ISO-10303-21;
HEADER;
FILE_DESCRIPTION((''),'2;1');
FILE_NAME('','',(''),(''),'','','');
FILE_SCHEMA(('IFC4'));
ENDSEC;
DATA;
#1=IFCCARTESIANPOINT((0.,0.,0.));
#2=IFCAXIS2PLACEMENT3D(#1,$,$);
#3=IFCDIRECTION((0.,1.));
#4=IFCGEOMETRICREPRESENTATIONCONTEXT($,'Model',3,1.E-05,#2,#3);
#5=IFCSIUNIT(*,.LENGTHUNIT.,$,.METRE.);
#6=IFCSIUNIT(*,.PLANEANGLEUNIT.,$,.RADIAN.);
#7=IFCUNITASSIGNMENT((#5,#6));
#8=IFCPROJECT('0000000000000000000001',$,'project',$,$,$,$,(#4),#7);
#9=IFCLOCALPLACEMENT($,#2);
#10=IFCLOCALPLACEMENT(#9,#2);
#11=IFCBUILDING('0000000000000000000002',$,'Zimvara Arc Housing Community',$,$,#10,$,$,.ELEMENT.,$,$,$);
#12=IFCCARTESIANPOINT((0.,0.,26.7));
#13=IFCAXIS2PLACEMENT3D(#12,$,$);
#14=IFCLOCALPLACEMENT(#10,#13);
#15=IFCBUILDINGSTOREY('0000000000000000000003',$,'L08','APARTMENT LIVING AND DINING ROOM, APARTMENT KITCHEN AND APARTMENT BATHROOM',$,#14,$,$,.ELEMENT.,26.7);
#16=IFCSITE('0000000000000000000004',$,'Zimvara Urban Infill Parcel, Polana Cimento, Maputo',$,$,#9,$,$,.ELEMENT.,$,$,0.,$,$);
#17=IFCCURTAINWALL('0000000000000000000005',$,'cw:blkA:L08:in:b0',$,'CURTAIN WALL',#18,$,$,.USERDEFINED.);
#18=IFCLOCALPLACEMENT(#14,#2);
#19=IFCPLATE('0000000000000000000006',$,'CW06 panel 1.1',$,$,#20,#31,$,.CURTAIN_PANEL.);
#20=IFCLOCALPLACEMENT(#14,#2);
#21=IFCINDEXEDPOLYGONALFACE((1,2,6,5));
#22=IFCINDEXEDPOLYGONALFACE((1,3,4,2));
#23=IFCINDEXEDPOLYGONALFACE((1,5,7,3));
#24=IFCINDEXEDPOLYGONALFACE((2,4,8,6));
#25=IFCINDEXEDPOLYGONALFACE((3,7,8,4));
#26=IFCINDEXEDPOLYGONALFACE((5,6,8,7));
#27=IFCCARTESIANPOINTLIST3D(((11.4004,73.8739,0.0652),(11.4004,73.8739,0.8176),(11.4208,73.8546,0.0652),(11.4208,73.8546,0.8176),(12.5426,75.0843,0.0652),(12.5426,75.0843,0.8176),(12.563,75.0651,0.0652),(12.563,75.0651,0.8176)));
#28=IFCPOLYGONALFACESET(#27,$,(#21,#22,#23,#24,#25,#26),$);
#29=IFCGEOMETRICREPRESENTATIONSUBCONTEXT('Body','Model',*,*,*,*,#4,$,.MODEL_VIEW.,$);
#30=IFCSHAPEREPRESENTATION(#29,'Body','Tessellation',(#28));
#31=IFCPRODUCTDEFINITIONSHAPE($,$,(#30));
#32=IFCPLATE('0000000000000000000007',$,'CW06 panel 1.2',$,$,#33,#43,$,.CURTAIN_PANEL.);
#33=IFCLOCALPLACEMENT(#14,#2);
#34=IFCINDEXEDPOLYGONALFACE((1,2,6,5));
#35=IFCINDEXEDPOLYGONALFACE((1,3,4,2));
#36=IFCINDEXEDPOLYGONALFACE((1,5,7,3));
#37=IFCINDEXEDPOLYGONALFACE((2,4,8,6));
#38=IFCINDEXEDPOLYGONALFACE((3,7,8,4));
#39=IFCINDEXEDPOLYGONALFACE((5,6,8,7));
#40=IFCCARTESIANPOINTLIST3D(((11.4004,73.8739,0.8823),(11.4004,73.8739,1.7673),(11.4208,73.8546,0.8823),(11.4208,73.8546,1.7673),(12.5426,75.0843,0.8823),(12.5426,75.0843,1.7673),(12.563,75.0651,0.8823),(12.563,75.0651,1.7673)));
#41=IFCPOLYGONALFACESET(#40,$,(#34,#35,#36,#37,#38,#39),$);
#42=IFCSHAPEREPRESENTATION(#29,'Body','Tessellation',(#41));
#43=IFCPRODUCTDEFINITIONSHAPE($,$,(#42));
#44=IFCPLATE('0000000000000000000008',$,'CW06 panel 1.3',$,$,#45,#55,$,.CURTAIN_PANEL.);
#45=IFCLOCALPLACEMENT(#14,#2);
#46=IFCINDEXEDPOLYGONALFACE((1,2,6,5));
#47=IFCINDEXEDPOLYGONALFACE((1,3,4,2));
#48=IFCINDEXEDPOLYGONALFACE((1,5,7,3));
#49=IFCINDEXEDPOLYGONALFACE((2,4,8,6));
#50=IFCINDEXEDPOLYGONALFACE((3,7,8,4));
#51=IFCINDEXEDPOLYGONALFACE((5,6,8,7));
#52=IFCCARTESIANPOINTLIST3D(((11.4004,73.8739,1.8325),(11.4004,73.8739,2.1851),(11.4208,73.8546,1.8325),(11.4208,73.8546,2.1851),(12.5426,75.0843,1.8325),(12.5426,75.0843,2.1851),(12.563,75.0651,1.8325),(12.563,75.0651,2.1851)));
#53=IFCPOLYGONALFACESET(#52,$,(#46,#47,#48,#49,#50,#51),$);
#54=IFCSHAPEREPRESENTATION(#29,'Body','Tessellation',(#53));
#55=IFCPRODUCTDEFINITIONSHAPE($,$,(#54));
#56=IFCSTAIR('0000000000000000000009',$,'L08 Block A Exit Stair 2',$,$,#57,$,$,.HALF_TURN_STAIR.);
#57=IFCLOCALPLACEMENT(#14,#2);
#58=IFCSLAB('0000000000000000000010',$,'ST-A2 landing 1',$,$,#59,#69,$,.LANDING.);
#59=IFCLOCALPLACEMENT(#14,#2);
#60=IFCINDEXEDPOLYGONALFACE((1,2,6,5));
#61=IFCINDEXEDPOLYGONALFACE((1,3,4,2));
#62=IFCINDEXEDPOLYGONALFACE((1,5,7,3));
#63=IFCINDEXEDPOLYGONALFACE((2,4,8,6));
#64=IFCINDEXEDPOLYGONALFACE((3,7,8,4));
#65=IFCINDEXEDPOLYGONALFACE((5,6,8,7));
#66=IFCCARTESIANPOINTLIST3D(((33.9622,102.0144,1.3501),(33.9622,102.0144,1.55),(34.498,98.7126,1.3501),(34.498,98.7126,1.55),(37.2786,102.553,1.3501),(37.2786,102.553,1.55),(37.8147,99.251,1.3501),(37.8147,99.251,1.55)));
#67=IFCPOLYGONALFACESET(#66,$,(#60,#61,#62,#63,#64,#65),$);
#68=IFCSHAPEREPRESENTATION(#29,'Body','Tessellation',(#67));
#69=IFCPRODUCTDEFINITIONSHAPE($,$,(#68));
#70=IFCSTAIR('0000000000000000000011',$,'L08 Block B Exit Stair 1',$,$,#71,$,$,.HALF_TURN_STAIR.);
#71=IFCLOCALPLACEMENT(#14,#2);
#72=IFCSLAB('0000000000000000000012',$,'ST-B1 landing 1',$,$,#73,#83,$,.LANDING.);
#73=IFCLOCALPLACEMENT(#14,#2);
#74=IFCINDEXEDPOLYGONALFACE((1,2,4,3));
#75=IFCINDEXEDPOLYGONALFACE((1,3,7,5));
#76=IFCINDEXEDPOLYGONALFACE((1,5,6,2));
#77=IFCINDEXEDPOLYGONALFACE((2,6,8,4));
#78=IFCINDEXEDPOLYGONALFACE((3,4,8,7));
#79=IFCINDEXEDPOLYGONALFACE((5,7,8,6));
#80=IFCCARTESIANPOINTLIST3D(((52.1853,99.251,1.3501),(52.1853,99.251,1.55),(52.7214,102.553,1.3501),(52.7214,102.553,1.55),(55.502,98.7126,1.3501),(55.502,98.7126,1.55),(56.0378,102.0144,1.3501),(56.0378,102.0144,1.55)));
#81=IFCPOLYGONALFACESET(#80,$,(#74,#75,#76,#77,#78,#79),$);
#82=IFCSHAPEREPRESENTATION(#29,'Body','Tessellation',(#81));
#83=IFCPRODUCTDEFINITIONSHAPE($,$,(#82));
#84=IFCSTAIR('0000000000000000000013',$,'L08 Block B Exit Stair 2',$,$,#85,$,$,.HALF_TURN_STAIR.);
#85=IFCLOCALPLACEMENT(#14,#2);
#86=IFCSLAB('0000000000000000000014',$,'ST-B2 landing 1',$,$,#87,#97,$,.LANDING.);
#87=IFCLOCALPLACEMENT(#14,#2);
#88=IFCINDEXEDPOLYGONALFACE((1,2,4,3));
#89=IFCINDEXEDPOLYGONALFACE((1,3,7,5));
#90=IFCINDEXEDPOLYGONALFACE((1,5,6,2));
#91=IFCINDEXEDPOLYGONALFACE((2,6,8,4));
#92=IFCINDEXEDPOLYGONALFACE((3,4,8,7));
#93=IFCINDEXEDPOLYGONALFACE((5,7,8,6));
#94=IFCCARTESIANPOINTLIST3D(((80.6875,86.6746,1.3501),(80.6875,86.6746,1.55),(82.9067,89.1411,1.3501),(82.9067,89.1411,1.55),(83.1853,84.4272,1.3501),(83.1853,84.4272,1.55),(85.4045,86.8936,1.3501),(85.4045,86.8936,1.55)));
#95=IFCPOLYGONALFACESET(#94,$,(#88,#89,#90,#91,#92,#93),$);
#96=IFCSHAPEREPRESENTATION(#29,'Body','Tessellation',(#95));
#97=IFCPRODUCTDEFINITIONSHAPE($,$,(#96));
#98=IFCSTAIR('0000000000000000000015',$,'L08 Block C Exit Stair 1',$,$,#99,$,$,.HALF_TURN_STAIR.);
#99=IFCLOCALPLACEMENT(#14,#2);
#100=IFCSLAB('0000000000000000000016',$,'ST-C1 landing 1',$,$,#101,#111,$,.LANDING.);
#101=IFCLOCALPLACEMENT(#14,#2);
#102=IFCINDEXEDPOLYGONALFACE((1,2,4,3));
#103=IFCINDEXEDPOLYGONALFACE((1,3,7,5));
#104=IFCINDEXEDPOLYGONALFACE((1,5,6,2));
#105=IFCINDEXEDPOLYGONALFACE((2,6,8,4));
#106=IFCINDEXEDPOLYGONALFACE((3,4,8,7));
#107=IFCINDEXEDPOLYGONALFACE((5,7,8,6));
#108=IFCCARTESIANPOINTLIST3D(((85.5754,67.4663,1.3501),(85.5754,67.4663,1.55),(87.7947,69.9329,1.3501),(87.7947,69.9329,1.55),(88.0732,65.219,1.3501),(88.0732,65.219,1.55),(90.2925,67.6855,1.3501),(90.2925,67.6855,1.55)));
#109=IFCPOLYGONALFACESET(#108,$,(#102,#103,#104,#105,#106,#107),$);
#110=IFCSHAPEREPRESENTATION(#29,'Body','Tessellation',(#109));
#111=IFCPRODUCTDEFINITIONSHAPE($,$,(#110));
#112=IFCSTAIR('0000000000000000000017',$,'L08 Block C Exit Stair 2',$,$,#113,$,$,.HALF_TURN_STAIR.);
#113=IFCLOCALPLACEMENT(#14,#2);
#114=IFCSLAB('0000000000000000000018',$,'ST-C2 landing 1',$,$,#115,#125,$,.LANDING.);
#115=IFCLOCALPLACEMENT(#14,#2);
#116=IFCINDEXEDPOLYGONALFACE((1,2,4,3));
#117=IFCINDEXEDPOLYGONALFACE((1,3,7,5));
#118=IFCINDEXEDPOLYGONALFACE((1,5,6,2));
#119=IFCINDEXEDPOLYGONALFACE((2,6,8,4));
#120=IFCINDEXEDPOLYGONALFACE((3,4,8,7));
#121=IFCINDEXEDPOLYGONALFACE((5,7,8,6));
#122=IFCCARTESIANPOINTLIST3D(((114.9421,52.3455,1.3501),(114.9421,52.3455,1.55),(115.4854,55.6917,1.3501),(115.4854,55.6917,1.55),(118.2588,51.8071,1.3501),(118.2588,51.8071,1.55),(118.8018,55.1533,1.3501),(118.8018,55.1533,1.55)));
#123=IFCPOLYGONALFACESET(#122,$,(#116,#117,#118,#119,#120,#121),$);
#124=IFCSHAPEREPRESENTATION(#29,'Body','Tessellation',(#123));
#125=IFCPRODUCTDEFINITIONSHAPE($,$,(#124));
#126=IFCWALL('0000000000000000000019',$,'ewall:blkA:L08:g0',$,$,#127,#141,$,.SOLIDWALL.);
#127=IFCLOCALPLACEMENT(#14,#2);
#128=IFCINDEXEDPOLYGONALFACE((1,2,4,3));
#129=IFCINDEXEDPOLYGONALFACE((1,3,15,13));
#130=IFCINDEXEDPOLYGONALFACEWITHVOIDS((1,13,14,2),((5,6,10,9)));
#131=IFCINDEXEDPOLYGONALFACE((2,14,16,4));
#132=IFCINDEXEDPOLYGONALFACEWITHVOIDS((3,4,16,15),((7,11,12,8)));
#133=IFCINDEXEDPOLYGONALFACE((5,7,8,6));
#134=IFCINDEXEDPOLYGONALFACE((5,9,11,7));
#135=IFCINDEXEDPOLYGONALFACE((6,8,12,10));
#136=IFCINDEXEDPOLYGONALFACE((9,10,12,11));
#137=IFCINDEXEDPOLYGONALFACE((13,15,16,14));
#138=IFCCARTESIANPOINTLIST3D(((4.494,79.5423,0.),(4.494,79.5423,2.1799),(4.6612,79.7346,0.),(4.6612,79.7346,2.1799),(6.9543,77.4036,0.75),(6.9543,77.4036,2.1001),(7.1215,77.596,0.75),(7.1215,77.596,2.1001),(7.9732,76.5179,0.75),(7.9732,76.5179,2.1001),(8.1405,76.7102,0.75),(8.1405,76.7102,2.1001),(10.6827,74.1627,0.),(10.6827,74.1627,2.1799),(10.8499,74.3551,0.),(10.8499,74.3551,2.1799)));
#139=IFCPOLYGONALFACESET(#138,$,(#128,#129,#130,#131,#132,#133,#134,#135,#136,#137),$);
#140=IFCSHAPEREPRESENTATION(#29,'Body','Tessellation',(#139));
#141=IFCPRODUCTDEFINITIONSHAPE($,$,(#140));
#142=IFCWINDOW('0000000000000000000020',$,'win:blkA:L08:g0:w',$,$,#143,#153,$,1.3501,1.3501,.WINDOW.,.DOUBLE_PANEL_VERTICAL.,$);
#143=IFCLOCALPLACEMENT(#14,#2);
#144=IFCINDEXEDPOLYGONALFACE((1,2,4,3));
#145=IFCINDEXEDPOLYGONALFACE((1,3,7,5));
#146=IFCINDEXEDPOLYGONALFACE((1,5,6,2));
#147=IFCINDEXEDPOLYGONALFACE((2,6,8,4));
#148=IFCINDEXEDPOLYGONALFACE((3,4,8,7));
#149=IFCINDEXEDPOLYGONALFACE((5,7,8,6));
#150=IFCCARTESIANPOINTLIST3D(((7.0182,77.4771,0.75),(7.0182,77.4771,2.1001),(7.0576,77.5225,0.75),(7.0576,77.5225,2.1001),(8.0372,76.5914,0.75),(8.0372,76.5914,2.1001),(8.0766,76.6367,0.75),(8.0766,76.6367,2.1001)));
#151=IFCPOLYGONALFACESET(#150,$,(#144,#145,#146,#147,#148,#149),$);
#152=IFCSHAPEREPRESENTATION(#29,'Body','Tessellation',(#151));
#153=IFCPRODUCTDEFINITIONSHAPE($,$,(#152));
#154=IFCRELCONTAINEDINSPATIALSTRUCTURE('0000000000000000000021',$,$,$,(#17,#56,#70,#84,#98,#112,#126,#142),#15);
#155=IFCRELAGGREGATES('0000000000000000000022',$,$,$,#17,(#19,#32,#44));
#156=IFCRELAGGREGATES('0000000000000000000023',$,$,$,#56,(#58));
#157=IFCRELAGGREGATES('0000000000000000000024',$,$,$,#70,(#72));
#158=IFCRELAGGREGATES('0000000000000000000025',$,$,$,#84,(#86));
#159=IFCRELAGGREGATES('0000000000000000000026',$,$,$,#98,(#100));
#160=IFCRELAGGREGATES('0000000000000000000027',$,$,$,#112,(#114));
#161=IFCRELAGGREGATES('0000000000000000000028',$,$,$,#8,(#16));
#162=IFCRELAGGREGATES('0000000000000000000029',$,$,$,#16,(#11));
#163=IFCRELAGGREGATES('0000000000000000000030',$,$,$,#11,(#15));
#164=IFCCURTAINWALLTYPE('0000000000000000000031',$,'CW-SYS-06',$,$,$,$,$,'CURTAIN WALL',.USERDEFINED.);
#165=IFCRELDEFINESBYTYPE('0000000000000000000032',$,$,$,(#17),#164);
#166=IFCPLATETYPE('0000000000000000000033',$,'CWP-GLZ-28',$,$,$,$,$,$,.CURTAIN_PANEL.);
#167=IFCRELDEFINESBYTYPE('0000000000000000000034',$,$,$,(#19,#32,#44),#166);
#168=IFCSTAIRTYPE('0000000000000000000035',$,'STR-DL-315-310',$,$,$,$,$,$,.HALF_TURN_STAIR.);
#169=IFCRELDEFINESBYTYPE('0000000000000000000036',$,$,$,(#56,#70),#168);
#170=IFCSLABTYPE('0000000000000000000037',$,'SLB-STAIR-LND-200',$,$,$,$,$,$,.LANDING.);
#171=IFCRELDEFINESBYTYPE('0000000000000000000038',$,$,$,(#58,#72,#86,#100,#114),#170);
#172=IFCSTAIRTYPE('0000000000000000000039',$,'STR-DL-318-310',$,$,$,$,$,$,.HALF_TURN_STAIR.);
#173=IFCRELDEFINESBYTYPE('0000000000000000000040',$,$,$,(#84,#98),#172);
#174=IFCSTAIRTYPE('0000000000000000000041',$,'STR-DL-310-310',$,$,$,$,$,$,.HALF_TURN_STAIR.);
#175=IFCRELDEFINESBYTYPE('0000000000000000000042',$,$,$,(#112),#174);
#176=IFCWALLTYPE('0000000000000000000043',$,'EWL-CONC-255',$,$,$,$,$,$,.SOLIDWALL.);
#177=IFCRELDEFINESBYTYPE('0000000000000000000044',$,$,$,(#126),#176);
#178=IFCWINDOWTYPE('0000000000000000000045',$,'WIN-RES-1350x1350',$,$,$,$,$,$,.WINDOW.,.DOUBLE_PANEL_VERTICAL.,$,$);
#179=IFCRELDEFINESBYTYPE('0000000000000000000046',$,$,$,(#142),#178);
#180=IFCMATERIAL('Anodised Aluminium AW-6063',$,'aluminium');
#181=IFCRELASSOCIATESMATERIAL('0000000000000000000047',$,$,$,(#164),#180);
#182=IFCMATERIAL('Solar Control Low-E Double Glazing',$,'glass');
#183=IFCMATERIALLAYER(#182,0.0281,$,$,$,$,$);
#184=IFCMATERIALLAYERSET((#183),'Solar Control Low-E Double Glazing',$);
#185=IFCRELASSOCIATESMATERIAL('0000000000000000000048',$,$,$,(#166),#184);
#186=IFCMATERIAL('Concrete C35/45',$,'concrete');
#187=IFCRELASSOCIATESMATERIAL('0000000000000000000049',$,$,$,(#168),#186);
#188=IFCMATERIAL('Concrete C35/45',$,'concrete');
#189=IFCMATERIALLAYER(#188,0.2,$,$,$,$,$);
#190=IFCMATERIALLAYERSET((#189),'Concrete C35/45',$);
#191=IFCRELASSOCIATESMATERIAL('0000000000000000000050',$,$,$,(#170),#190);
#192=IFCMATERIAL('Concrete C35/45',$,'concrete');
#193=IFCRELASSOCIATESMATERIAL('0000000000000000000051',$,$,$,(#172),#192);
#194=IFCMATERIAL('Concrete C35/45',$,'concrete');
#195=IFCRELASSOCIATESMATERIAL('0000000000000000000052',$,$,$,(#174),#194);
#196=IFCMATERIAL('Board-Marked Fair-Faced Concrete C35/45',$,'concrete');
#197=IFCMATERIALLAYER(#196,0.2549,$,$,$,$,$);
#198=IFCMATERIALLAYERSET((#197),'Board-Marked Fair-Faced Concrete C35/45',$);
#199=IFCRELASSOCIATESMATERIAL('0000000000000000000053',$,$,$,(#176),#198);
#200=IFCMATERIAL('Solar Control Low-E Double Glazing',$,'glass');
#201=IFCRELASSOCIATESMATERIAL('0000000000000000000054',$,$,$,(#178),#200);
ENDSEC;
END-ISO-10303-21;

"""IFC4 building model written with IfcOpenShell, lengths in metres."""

from ifc_helpers import new_model, si_unit, direction, frame, frame_2d, origin, origin_2d, place, context, subcontext, project, spatial, polyline, rectangle, outline, extrude, material, layer, layer_set, type_object, element, fill, aggregate, save


model = new_model("IFC4")

# Units and contexts
model_context = context("Model", 3, precision=1e-05, world=origin(), true_north=direction((0.0, 1.0)))
body_context = subcontext(model_context, "Body", "Model", "MODEL_VIEW")
ifc_project = project(units=[si_unit("LENGTHUNIT", "METRE"), si_unit("PLANEANGLEUNIT", "RADIAN")], contexts=[model_context])

# Site, building, storey
site_placement = place(None, origin())
site = spatial("IfcSite", under=ifc_project, at=site_placement, Name="Zimvara Urban Infill Parcel, Polana Cimento, Maputo", CompositionType="ELEMENT", RefElevation=0.0)
building_placement = place(site_placement, origin())
building = spatial("IfcBuilding", under=site, at=building_placement, Name="Zimvara Arc Housing Community", CompositionType="ELEMENT")
storey_placement = place(building_placement, frame((0.0, 0.0, 26.7)))
storey = spatial("IfcBuildingStorey", under=building, at=storey_placement, Name="L08", Description="APARTMENT LIVING AND DINING ROOM, APARTMENT KITCHEN AND APARTMENT BATHROOM", CompositionType="ELEMENT", Elevation=26.7)

# Curtain wall, plates
ifc_material_1 = material(Name="Anodised Aluminium AW-6063", Category="aluminium")
curtain_wall_type = type_object("IfcCurtainWallType", Name="CW-SYS-06", ElementType="CURTAIN WALL", PredefinedType="USERDEFINED", material=ifc_material_1)
curtain_wall_placement = place(storey_placement, origin())
curtain_wall = element("IfcCurtainWall", 1, at=curtain_wall_placement, inside=storey, type_object=curtain_wall_type, Name="cw:blkA:L08:in:b0", ObjectType="CURTAIN WALL", PredefinedType="USERDEFINED")
ifc_material_2 = material(Name="Solar Control Low-E Double Glazing", Category="glass")
ifc_layer_1 = layer(ifc_material_2, 0.0281)
ifc_layer_set_1 = layer_set([ifc_layer_1], Name="Solar Control Low-E Double Glazing")
plate_type = type_object("IfcPlateType", Name="CWP-GLZ-28", PredefinedType="CURTAIN_PANEL", material=ifc_layer_set_1)
plate_1_placement = place(storey_placement, frame((11.9817, 74.4695, 0.0652), z_axis=(0.0, 0.0, 1.0), x_axis=(0.686327, 0.727293, 0.0)))
plate_1 = element("IfcPlate", 2, at=plate_1_placement, type_object=plate_type, Name="CW06 panel 1.1", PredefinedType="CURTAIN_PANEL", context=body_context, shape_type="SweptSolid", body=[
    extrude(rectangle(XDim=1.6643, YDim=0.0281, at=origin_2d()), origin(), (0.0, 0.0, 1.0), 0.7524),
])
plate_2_placement = place(storey_placement, frame((11.9817, 74.4695, 0.8823), z_axis=(0.0, 0.0, 1.0), x_axis=(0.686327, 0.727293, 0.0)))
plate_2 = element("IfcPlate", 3, at=plate_2_placement, type_object=plate_type, Name="CW06 panel 1.2", PredefinedType="CURTAIN_PANEL", context=body_context, shape_type="SweptSolid", body=[
    extrude(rectangle(XDim=1.6643, YDim=0.0281, at=origin_2d()), origin(), (0.0, 0.0, 1.0), 0.885),
])
plate_3_placement = place(storey_placement, frame((11.9817, 74.4695, 1.8325), z_axis=(0.0, 0.0, 1.0), x_axis=(0.686327, 0.727293, 0.0)))
plate_3 = element("IfcPlate", 4, at=plate_3_placement, type_object=plate_type, Name="CW06 panel 1.3", PredefinedType="CURTAIN_PANEL", context=body_context, shape_type="SweptSolid", body=[
    extrude(rectangle(XDim=1.6643, YDim=0.0281, at=origin_2d()), origin(), (0.0, 0.0, 1.0), 0.3525),
])
aggregate(curtain_wall, [plate_1, plate_2, plate_3])

# Stairs, slabs
ifc_material_3 = material(Name="Concrete C35/45", Category="concrete")
stair_type_1 = type_object("IfcStairType", Name="STR-DL-315-310", PredefinedType="HALF_TURN_STAIR", material=ifc_material_3)
stair_1_placement = place(storey_placement, origin())
stair_1 = element("IfcStair", 5, at=stair_1_placement, inside=storey, type_object=stair_type_1, Name="L08 Block A Exit Stair 2", PredefinedType="HALF_TURN_STAIR")
ifc_material_4 = material(Name="Concrete C35/45", Category="concrete")
ifc_layer_2 = layer(ifc_material_4, 0.2)
ifc_layer_set_2 = layer_set([ifc_layer_2], Name="Concrete C35/45")
slab_type = type_object("IfcSlabType", Name="SLB-STAIR-LND-200", PredefinedType="LANDING", material=ifc_layer_set_2)
slab_1_placement = place(storey_placement, frame((0.0, 0.0, 1.3501)))
slab_1 = element("IfcSlab", 6, at=slab_1_placement, type_object=slab_type, Name="ST-A2 landing 1", PredefinedType="LANDING", context=body_context, shape_type="SweptSolid", body=[
    extrude(outline(polyline([(37.8147, 99.251), (37.2786, 102.553), (33.9622, 102.0144), (34.498, 98.7126), (37.8147, 99.251)])), origin(), (0.0, 0.0, 1.0), 0.2),
])
aggregate(stair_1, [slab_1])
stair_2_placement = place(storey_placement, origin())
stair_2 = element("IfcStair", 7, at=stair_2_placement, inside=storey, type_object=stair_type_1, Name="L08 Block B Exit Stair 1", PredefinedType="HALF_TURN_STAIR")
slab_2_placement = place(storey_placement, frame((0.0, 0.0, 1.3501)))
slab_2 = element("IfcSlab", 8, at=slab_2_placement, type_object=slab_type, Name="ST-B1 landing 1", PredefinedType="LANDING", context=body_context, shape_type="SweptSolid", body=[
    extrude(outline(polyline([(55.502, 98.7126), (56.0378, 102.0144), (52.7214, 102.553), (52.1853, 99.251), (55.502, 98.7126)])), origin(), (0.0, 0.0, 1.0), 0.2),
])
aggregate(stair_2, [slab_2])
ifc_material_5 = material(Name="Concrete C35/45", Category="concrete")
stair_type_2 = type_object("IfcStairType", Name="STR-DL-318-310", PredefinedType="HALF_TURN_STAIR", material=ifc_material_5)
stair_3_placement = place(storey_placement, origin())
stair_3 = element("IfcStair", 9, at=stair_3_placement, inside=storey, type_object=stair_type_2, Name="L08 Block B Exit Stair 2", PredefinedType="HALF_TURN_STAIR")
slab_3_placement = place(storey_placement, frame((0.0, 0.0, 1.3501)))
slab_3 = element("IfcSlab", 10, at=slab_3_placement, type_object=slab_type, Name="ST-B2 landing 1", PredefinedType="LANDING", context=body_context, shape_type="SweptSolid", body=[
    extrude(outline(polyline([(83.1853, 84.4272), (85.4045, 86.8936), (82.9067, 89.1411), (80.6875, 86.6746), (83.1853, 84.4272)])), origin(), (0.0, 0.0, 1.0), 0.2),
])
aggregate(stair_3, [slab_3])
stair_4_placement = place(storey_placement, origin())
stair_4 = element("IfcStair", 11, at=stair_4_placement, inside=storey, type_object=stair_type_2, Name="L08 Block C Exit Stair 1", PredefinedType="HALF_TURN_STAIR")
slab_4_placement = place(storey_placement, frame((0.0, 0.0, 1.3501)))
slab_4 = element("IfcSlab", 12, at=slab_4_placement, type_object=slab_type, Name="ST-C1 landing 1", PredefinedType="LANDING", context=body_context, shape_type="SweptSolid", body=[
    extrude(outline(polyline([(87.7947, 69.9329), (85.5754, 67.4663), (88.0732, 65.219), (90.2925, 67.6855), (87.7947, 69.9329)])), origin(), (0.0, 0.0, 1.0), 0.2),
])
aggregate(stair_4, [slab_4])
ifc_material_6 = material(Name="Concrete C35/45", Category="concrete")
stair_type_3 = type_object("IfcStairType", Name="STR-DL-310-310", PredefinedType="HALF_TURN_STAIR", material=ifc_material_6)
stair_5_placement = place(storey_placement, origin())
stair_5 = element("IfcStair", 13, at=stair_5_placement, inside=storey, type_object=stair_type_3, Name="L08 Block C Exit Stair 2", PredefinedType="HALF_TURN_STAIR")
slab_5_placement = place(storey_placement, frame((0.0, 0.0, 1.3501)))
slab_5 = element("IfcSlab", 14, at=slab_5_placement, type_object=slab_type, Name="ST-C2 landing 1", PredefinedType="LANDING", context=body_context, shape_type="SweptSolid", body=[
    extrude(outline(polyline([(115.4854, 55.6917), (114.9421, 52.3455), (118.2588, 51.8071), (118.8018, 55.1533), (115.4854, 55.6917)])), origin(), (0.0, 0.0, 1.0), 0.2),
])
aggregate(stair_5, [slab_5])

# Wall, opening, window
ifc_material_7 = material(Name="Board-Marked Fair-Faced Concrete C35/45", Category="concrete")
ifc_layer_3 = layer(ifc_material_7, 0.2549)
ifc_layer_set_3 = layer_set([ifc_layer_3], Name="Board-Marked Fair-Faced Concrete C35/45")
wall_type = type_object("IfcWallType", Name="EWL-CONC-255", PredefinedType="SOLIDWALL", material=ifc_layer_set_3)
wall_placement = place(storey_placement, frame((10.7664, 74.2588, 0.0), z_axis=(0.0, 0.0, 1.0), x_axis=(-0.754718, 0.65605, 0.0)))
wall = element("IfcWall", 15, at=wall_placement, inside=storey, type_object=wall_type, Name="ewall:blkA:L08:g0", PredefinedType="SOLIDWALL", context=body_context, shape_type="SweptSolid", body=[
    extrude(rectangle(XDim=8.2, YDim=0.2549, at=frame_2d((4.1001, 0.0))), origin(), (0.0, 0.0, 1.0), 2.1799),
])
opening_placement = place(wall_placement, frame((3.5901, 0.0, 0.75)))
opening = element("IfcOpeningElement", 16, at=opening_placement, cuts=wall, PredefinedType="OPENING", context=body_context, shape_type="SweptSolid", body=[
    extrude(rectangle(XDim=1.3501, YDim=1.3501, at=frame_2d((0.675, 0.675))), frame((0.0, 0.1375, 0.0), z_axis=(0.0, -1.0, 0.0), x_axis=(1.0, 0.0, 0.0)), (0.0, 0.0, 1.0), 0.2749),
])
ifc_material_8 = material(Name="Solar Control Low-E Double Glazing", Category="glass")
window_type = type_object("IfcWindowType", Name="WIN-RES-1350x1350", PartitioningType="DOUBLE_PANEL_VERTICAL", PredefinedType="WINDOW", material=ifc_material_8)
window_placement = place(opening_placement, origin())
window = element("IfcWindow", 17, at=window_placement, inside=storey, type_object=window_type, Name="win:blkA:L08:g0:w", OverallHeight=1.3501, OverallWidth=1.3501, PartitioningType="DOUBLE_PANEL_VERTICAL", PredefinedType="WINDOW", context=body_context, shape_type="SweptSolid", body=[
    extrude(rectangle(XDim=1.3501, YDim=1.3501, at=frame_2d((0.675, 0.675))), frame((0.0, 0.03, 0.0), z_axis=(0.0, -1.0, 0.0), x_axis=(1.0, 0.0, 0.0)), (0.0, 0.0, 1.0), 0.0601),
])
fill(opening, window)

save(model, "model.ifc")
